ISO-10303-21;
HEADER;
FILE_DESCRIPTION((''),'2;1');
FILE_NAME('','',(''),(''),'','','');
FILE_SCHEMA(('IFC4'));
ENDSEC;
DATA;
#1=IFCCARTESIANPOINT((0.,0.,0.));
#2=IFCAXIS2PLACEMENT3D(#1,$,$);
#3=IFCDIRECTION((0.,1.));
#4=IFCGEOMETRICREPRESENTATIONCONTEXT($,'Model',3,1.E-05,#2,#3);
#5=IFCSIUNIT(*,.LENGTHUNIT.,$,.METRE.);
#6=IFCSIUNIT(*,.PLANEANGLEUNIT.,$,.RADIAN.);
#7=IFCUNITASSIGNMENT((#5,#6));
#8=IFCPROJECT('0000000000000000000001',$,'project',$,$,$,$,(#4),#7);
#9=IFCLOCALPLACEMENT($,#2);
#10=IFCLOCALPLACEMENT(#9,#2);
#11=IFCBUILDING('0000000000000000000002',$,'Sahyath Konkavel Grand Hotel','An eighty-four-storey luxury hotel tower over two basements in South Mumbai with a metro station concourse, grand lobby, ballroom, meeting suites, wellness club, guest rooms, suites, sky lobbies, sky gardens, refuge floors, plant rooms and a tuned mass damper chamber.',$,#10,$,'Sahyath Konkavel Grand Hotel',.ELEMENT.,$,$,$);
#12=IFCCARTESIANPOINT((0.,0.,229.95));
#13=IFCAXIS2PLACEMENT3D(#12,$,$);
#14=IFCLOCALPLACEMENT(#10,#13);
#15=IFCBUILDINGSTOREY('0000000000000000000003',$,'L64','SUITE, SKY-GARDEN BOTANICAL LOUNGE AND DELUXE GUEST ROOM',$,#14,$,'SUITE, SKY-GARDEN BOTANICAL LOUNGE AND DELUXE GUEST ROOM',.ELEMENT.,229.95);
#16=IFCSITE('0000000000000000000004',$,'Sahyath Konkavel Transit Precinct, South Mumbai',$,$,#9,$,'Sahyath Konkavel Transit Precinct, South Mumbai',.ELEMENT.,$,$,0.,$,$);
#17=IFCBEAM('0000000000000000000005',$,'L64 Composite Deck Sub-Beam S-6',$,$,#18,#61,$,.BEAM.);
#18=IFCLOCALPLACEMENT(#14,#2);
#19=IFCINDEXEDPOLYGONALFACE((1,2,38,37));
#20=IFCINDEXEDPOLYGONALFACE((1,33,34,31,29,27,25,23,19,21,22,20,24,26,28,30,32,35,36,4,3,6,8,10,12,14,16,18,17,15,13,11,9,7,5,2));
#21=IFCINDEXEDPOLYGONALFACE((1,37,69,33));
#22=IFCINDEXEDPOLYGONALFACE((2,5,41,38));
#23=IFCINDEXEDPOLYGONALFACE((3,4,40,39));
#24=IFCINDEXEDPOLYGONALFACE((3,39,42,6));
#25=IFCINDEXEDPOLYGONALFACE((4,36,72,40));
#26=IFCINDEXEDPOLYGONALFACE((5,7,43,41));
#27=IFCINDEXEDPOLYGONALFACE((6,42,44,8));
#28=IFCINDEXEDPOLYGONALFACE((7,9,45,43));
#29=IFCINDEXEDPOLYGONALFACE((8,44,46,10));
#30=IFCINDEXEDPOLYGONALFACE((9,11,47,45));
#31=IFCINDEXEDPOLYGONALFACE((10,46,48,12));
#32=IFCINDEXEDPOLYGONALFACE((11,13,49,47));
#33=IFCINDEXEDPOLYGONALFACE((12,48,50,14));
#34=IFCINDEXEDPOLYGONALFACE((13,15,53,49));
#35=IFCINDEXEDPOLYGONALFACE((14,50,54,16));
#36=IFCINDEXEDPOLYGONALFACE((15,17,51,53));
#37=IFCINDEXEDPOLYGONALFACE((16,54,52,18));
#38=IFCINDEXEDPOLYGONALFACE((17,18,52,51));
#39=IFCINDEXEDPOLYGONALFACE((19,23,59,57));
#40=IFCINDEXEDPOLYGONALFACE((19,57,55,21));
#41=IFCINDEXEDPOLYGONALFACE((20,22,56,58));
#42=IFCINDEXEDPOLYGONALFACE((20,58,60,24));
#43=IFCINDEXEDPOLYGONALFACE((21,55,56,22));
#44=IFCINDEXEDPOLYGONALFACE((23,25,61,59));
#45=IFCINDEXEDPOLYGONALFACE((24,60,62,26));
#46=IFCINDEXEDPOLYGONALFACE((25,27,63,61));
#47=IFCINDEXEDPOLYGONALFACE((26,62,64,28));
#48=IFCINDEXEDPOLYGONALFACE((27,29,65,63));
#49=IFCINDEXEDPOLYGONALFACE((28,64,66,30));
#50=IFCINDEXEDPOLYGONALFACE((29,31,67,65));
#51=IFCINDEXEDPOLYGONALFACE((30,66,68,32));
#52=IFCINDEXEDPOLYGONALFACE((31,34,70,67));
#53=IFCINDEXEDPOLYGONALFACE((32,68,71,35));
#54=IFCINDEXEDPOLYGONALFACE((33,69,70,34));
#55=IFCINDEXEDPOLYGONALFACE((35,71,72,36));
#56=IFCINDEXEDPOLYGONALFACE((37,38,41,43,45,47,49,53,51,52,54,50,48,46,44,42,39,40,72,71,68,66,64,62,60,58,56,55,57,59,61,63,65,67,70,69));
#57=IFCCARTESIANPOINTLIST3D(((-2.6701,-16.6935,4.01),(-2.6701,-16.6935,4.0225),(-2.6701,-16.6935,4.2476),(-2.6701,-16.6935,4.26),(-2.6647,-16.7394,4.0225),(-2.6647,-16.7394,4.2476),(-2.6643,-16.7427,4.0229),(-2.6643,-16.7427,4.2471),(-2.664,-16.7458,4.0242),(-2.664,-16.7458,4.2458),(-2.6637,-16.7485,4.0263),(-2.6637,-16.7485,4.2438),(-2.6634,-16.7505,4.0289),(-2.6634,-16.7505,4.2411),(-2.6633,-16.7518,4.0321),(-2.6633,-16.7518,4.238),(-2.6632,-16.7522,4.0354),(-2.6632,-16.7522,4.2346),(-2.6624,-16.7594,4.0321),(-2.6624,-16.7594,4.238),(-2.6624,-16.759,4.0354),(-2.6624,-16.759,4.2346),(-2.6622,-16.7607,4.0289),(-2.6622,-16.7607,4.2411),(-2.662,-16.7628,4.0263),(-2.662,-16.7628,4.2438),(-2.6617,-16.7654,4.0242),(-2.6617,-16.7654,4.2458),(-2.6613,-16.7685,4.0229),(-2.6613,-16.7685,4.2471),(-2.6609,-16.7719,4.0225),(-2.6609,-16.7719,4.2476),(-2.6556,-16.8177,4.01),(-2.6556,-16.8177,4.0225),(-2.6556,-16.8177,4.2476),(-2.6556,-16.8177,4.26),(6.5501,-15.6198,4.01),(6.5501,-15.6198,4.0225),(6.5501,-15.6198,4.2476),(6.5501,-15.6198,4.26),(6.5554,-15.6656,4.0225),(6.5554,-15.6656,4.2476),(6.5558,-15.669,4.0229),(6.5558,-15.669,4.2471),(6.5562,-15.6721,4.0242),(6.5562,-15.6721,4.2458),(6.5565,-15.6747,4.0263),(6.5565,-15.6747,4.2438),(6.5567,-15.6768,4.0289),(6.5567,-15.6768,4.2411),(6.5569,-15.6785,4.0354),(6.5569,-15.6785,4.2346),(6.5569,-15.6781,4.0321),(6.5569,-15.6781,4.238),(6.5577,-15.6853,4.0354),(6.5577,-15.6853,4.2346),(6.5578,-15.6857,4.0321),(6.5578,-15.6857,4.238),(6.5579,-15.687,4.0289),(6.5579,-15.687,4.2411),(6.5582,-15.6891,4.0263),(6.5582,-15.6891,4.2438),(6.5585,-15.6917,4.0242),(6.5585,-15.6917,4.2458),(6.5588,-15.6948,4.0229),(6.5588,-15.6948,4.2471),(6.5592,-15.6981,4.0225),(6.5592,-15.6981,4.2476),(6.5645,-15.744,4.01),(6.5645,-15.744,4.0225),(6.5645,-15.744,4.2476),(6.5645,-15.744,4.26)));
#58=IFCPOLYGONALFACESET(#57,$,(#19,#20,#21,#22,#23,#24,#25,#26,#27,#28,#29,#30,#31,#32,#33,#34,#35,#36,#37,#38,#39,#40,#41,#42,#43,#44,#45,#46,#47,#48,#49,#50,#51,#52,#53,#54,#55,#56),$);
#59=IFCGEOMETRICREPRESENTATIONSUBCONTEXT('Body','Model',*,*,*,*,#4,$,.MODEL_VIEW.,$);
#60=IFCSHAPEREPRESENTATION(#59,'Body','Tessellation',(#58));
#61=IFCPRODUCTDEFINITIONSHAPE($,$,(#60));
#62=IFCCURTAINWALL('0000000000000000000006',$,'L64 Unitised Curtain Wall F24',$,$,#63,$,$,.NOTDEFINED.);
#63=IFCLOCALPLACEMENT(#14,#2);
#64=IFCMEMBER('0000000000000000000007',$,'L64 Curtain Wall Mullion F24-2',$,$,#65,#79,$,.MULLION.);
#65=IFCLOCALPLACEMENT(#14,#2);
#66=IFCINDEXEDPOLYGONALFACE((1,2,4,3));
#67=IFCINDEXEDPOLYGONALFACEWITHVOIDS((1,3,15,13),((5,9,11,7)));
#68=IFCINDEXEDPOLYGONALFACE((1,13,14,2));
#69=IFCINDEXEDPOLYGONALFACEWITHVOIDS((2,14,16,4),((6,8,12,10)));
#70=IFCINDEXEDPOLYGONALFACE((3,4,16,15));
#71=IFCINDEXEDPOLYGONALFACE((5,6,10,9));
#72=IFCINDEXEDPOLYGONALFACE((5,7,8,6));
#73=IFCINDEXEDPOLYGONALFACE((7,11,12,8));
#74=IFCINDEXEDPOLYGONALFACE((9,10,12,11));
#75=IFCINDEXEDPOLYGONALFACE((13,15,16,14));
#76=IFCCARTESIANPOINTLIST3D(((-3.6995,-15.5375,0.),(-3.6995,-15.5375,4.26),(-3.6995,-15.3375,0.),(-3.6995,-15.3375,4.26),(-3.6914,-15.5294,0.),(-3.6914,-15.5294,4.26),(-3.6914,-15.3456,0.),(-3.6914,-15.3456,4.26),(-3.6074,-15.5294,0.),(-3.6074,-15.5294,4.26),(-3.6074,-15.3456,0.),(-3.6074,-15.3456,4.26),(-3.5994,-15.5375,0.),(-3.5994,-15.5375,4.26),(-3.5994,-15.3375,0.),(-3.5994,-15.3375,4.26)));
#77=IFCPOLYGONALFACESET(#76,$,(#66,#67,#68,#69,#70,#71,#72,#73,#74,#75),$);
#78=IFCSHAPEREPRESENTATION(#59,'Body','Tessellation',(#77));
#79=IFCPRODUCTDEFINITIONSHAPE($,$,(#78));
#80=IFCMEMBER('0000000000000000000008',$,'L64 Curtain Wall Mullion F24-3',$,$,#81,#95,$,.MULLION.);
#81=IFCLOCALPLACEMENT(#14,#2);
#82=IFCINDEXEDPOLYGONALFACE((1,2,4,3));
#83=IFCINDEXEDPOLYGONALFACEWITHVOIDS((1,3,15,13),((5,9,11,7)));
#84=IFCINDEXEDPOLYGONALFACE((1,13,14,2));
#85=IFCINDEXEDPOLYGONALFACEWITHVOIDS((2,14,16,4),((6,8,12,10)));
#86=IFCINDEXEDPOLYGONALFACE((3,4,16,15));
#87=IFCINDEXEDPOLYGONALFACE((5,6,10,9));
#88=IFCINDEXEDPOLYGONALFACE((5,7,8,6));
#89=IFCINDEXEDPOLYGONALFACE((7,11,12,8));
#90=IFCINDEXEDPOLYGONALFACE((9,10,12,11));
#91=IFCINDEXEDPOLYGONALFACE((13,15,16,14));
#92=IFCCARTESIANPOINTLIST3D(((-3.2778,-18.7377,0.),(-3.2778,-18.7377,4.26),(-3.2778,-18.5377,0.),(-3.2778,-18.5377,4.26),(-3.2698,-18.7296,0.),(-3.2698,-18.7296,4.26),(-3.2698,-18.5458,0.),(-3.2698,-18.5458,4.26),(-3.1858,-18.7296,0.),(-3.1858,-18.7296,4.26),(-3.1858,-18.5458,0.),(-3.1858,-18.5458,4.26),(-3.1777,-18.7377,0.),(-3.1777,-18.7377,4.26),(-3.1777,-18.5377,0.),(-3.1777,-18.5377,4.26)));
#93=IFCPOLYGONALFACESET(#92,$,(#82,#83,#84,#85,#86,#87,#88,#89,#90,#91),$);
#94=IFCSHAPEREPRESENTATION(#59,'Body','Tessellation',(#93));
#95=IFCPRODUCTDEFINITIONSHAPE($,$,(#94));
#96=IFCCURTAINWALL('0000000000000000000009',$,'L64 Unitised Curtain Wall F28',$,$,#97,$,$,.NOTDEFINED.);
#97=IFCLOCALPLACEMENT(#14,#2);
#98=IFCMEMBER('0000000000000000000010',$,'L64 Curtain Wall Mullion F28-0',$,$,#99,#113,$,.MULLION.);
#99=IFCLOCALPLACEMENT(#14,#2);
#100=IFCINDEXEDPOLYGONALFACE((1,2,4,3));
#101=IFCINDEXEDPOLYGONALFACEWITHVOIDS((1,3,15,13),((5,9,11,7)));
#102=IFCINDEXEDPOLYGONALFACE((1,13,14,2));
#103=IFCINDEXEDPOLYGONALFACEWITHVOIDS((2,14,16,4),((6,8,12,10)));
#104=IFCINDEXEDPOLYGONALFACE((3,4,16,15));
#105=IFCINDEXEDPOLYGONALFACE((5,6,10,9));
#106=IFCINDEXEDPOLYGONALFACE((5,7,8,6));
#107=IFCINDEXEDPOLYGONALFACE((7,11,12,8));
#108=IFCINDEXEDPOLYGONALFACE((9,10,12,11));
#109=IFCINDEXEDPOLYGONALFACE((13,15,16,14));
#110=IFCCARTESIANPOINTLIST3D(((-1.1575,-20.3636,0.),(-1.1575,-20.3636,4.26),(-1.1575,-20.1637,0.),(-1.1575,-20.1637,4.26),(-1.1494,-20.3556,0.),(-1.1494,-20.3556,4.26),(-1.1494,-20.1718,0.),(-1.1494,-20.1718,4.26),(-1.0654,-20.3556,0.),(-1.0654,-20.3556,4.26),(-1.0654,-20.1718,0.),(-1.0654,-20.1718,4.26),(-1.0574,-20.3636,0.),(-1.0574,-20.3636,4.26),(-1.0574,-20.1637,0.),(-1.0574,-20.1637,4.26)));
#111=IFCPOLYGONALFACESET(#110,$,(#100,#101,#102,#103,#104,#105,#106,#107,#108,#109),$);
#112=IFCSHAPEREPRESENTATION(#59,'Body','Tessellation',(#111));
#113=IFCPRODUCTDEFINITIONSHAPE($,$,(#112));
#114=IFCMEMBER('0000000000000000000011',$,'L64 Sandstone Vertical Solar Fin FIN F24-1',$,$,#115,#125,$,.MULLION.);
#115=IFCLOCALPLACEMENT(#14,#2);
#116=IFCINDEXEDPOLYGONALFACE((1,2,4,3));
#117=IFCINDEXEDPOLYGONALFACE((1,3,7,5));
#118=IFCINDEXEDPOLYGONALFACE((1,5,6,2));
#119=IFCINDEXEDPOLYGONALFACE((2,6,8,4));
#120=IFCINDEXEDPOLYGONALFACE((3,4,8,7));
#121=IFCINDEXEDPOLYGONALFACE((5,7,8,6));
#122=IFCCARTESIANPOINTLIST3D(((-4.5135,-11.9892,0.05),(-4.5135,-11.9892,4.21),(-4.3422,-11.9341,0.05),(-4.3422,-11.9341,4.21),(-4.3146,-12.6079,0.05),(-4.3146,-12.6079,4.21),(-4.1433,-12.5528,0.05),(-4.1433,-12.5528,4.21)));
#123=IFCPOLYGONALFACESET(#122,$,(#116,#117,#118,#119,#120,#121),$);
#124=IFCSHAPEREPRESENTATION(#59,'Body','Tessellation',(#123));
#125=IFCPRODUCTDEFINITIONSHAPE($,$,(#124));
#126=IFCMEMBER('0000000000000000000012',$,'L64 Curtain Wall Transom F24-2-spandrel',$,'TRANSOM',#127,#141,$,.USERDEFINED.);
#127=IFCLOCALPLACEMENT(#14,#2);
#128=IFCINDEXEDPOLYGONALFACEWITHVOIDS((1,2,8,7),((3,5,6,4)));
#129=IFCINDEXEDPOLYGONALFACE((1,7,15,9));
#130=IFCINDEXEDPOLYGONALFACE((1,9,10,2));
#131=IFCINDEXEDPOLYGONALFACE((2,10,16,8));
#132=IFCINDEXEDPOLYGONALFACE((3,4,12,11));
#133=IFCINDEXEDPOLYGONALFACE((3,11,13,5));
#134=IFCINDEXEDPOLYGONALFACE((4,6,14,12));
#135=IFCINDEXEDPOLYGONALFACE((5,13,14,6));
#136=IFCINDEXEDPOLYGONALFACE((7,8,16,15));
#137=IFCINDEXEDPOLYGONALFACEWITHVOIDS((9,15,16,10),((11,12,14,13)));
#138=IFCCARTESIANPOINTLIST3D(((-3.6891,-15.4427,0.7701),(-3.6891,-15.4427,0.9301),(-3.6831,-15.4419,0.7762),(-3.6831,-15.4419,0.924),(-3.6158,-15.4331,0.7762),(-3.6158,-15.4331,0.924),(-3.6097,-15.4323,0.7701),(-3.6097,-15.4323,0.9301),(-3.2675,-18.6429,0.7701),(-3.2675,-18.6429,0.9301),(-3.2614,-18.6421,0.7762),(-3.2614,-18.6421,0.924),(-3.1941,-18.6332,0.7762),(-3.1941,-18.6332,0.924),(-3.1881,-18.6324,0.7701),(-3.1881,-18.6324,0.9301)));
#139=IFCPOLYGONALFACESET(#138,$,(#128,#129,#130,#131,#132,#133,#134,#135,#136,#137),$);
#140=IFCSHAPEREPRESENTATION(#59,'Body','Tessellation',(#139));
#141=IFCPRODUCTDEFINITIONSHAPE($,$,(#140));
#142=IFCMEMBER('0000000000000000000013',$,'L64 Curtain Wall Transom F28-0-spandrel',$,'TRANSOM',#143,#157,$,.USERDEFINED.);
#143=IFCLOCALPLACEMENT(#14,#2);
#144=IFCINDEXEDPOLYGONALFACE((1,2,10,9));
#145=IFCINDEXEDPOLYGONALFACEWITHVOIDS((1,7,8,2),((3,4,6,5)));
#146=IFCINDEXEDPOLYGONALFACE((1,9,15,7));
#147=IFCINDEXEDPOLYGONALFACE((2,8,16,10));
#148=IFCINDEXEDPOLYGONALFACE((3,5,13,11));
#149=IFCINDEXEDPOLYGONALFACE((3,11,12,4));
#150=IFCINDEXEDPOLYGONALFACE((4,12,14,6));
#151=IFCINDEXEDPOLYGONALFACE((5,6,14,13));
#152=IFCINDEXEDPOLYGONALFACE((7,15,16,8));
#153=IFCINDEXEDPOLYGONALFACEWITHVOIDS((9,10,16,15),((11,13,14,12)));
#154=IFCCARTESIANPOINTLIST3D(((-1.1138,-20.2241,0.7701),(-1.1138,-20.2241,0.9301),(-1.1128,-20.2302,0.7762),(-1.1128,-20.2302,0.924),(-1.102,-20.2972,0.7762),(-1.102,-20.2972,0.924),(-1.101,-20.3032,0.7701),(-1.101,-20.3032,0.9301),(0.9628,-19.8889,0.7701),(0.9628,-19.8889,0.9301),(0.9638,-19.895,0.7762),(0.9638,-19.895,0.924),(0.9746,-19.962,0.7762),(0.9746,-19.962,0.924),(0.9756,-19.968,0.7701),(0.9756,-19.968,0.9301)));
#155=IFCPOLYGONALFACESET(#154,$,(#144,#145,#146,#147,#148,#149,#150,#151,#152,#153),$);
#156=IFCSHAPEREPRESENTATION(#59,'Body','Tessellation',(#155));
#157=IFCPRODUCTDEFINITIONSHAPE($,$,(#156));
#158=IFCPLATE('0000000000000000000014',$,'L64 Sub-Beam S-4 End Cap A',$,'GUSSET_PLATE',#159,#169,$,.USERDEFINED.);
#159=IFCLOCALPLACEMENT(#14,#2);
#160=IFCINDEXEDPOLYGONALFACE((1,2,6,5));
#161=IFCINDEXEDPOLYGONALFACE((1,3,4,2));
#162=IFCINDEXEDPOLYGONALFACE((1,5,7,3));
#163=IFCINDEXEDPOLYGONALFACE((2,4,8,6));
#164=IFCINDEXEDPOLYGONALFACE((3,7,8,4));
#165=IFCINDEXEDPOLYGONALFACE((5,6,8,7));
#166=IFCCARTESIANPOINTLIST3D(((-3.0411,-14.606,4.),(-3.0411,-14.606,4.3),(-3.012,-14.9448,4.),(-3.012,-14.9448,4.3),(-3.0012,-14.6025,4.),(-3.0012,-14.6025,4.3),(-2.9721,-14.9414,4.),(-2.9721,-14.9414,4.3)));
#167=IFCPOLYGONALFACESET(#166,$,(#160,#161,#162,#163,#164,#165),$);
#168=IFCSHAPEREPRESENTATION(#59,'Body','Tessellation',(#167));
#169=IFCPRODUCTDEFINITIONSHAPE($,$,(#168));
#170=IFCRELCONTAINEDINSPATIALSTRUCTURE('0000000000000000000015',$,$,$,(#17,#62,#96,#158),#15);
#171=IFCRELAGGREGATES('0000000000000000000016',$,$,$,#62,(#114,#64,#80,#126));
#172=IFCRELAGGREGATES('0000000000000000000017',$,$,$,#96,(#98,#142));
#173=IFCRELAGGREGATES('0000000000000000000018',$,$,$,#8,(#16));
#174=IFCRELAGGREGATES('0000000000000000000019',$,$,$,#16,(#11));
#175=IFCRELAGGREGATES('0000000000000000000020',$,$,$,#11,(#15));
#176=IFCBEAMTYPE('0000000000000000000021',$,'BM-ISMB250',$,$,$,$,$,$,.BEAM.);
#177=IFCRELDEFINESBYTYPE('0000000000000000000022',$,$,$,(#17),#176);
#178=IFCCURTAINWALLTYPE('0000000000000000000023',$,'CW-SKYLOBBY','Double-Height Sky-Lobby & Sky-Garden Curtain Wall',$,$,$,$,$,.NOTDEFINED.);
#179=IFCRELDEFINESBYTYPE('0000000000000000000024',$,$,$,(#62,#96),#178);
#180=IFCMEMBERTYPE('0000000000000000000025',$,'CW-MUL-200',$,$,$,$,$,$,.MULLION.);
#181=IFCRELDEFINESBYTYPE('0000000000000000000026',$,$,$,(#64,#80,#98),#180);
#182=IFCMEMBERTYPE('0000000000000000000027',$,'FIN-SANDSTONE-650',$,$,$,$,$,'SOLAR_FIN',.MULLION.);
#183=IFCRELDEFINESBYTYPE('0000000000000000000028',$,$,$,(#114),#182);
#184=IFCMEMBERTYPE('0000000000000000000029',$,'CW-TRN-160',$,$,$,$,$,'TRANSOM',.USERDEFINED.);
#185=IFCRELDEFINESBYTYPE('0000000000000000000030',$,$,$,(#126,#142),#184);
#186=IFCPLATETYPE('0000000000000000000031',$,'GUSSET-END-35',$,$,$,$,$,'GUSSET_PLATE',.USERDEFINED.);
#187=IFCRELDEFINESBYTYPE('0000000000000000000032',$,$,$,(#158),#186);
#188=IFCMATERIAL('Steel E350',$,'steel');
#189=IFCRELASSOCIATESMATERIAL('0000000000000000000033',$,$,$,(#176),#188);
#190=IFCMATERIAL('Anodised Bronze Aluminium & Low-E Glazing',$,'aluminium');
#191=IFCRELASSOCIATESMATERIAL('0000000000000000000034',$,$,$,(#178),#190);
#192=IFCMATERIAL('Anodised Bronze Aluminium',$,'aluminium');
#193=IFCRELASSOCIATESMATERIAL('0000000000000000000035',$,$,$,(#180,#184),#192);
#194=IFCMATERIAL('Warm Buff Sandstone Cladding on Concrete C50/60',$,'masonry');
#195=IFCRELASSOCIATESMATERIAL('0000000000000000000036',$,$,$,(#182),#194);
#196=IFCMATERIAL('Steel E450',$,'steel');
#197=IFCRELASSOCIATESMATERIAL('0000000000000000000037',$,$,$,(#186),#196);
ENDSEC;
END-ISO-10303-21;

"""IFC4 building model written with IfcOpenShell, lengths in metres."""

from ifc_helpers import new_model, si_unit, direction, frame, origin, origin_2d, place, context, subcontext, project, spatial, rectangle, hollow_rectangle, i_section, extrude, source, transform, mapped, material, material_profile, profile_set, type_object, element, aggregate, save


model = new_model("IFC4")

# Units and contexts
model_context = context("Model", 3, precision=1e-05, world=origin(), true_north=direction((0.0, 1.0)))
body_context = subcontext(model_context, "Body", "Model", "MODEL_VIEW")
ifc_project = project(units=[si_unit("LENGTHUNIT", "METRE"), si_unit("PLANEANGLEUNIT", "RADIAN")], contexts=[model_context])

# Site, building, storey
site_placement = place(None, origin())
site = spatial("IfcSite", under=ifc_project, at=site_placement, Name="Sahyath Konkavel Transit Precinct, South Mumbai", LongName="Sahyath Konkavel Transit Precinct, South Mumbai", CompositionType="ELEMENT", RefElevation=0.0)
building_placement = place(site_placement, origin())
building = spatial("IfcBuilding", under=site, at=building_placement, Name="Sahyath Konkavel Grand Hotel", Description="An eighty-four-storey luxury hotel tower over two basements in South Mumbai with a metro station concourse, grand lobby, ballroom, meeting suites, wellness club, guest rooms, suites, sky lobbies, sky gardens, refuge floors, plant rooms and a tuned mass damper chamber.", LongName="Sahyath Konkavel Grand Hotel", CompositionType="ELEMENT")
storey_placement = place(building_placement, frame((0.0, 0.0, 229.95)))
storey = spatial("IfcBuildingStorey", under=building, at=storey_placement, Name="L64", Description="SUITE, SKY-GARDEN BOTANICAL LOUNGE AND DELUXE GUEST ROOM", LongName="SUITE, SKY-GARDEN BOTANICAL LOUNGE AND DELUXE GUEST ROOM", CompositionType="ELEMENT", Elevation=229.95)

# Beam
ifc_material_1 = material(Name="Steel E350", Category="steel")
ifc_material_profile_1 = material_profile(ifc_material_1, i_section(OverallWidth=0.125, OverallDepth=0.25, WebThickness=0.0068, FlangeThickness=0.0125, FilletRadius=0.0129, at=origin_2d()), Name="ISMB 250")
ifc_profile_set_1 = profile_set([ifc_material_profile_1], Name="Steel E350")
beam_type_1 = type_object("IfcBeamType", Name="BM-ISMB250", PredefinedType="BEAM", material=ifc_profile_set_1)
shared_shape_1 = source(origin(), body_context, "Body", "SweptSolid", [
    extrude(i_section(OverallWidth=0.125, OverallDepth=0.25, WebThickness=0.0068, FlangeThickness=0.0125, FilletRadius=0.0129, at=origin_2d()), origin(), (0.0, 0.0, 1.0), 9.2825),
])
beam_1_placement = place(storey_placement, frame((-2.6628, -16.7556, 4.135), z_axis=(0.993287, 0.115672, 0.0), x_axis=(-0.115672, 0.993287, 0.0)))
element("IfcBeam", 1, at=beam_1_placement, inside=storey, type_object=beam_type_1, Name="L64 Composite Deck Sub-Beam S-6", PredefinedType="BEAM", context=body_context, shape_type="MappedRepresentation", body=[
    mapped(shared_shape_1, transform((0.0, 0.0, 0.0), scale=1.0)),
])

# Curtain wall, members
ifc_material_2 = material(Name="Anodised Bronze Aluminium & Low-E Glazing", Category="aluminium")
curtain_wall_type = type_object("IfcCurtainWallType", Name="CW-SKYLOBBY", Description="Double-Height Sky-Lobby & Sky-Garden Curtain Wall", PredefinedType="NOTDEFINED", material=ifc_material_2)
curtain_wall_1_placement = place(storey_placement, origin())
curtain_wall_1 = element("IfcCurtainWall", 2, at=curtain_wall_1_placement, inside=storey, type_object=curtain_wall_type, Name="L64 Unitised Curtain Wall F24", PredefinedType="NOTDEFINED")
ifc_material_3 = material(Name="Anodised Bronze Aluminium", Category="aluminium")
ifc_material_profile_2 = material_profile(ifc_material_3, hollow_rectangle(XDim=0.1001, YDim=0.2, WallThickness=0.0081, at=origin_2d()), Name="RHS 200x100x8")
ifc_profile_set_2 = profile_set([ifc_material_profile_2], Name="Anodised Bronze Aluminium")
member_type_1 = type_object("IfcMemberType", Name="CW-MUL-200", PredefinedType="MULLION", material=ifc_profile_set_2)
shared_shape_2 = source(origin(), body_context, "Body", "SweptSolid", [
    extrude(hollow_rectangle(XDim=0.1001, YDim=0.2, WallThickness=0.0081, at=origin_2d()), origin(), (0.0, 0.0, 1.0), 4.26),
])
member_1_placement = place(storey_placement, frame((-3.6494, -15.4375, 0.0), z_axis=(0.0, 0.0, 1.0), x_axis=(1.0, 0.0, 0.0)))
member_1 = element("IfcMember", 3, at=member_1_placement, type_object=member_type_1, Name="L64 Curtain Wall Mullion F24-2", PredefinedType="MULLION", context=body_context, shape_type="MappedRepresentation", body=[
    mapped(shared_shape_2, transform((0.0, 0.0, 0.0), scale=1.0)),
])
member_2_placement = place(storey_placement, frame((-3.2278, -18.6377, 0.0), z_axis=(0.0, 0.0, 1.0), x_axis=(1.0, 0.0, 0.0)))
member_2 = element("IfcMember", 4, at=member_2_placement, type_object=member_type_1, Name="L64 Curtain Wall Mullion F24-3", PredefinedType="MULLION", context=body_context, shape_type="MappedRepresentation", body=[
    mapped(shared_shape_2, transform((0.0, 0.0, 0.0), scale=1.0)),
])

# Curtain wall, member
curtain_wall_2_placement = place(storey_placement, origin())
curtain_wall_2 = element("IfcCurtainWall", 5, at=curtain_wall_2_placement, inside=storey, type_object=curtain_wall_type, Name="L64 Unitised Curtain Wall F28", PredefinedType="NOTDEFINED")
member_3_placement = place(storey_placement, frame((-1.1074, -20.2637, 0.0), z_axis=(0.0, 0.0, 1.0), x_axis=(1.0, 0.0, 0.0)))
member_3 = element("IfcMember", 6, at=member_3_placement, type_object=member_type_1, Name="L64 Curtain Wall Mullion F28-0", PredefinedType="MULLION", context=body_context, shape_type="MappedRepresentation", body=[
    mapped(shared_shape_2, transform((0.0, 0.0, 0.0), scale=1.0)),
])

# Members
ifc_material_4 = material(Name="Warm Buff Sandstone Cladding on Concrete C50/60", Category="masonry")
ifc_material_profile_3 = material_profile(ifc_material_4, rectangle(XDim=0.1799, YDim=0.6499, at=origin_2d()), Name="FIN 180x650")
ifc_profile_set_3 = profile_set([ifc_material_profile_3], Name="Warm Buff Sandstone Cladding on Concrete C50/60")
member_type_2 = type_object("IfcMemberType", Name="FIN-SANDSTONE-650", ElementType="SOLAR_FIN", PredefinedType="MULLION", material=ifc_profile_set_3)
shared_shape_3 = source(origin(), body_context, "Body", "SweptSolid", [
    extrude(rectangle(XDim=0.1799, YDim=0.6499, at=origin_2d()), origin(), (0.0, 0.0, 1.0), 4.1599),
])
member_4_placement = place(storey_placement, frame((-4.3284, -12.271, 0.05), z_axis=(0.0, 0.0, 1.0), x_axis=(0.952023, 0.306028, 0.0)))
member_4 = element("IfcMember", 7, at=member_4_placement, type_object=member_type_2, Name="L64 Sandstone Vertical Solar Fin FIN F24-1", PredefinedType="MULLION", context=body_context, shape_type="MappedRepresentation", body=[
    mapped(shared_shape_3, transform((0.0, 0.0, 0.0), scale=1.0)),
])
ifc_material_profile_4 = material_profile(ifc_material_3, hollow_rectangle(XDim=0.0801, YDim=0.1599, WallThickness=0.0061, at=origin_2d()), Name="RHS 160x80x6")
ifc_profile_set_4 = profile_set([ifc_material_profile_4], Name="Anodised Bronze Aluminium")
member_type_3 = type_object("IfcMemberType", Name="CW-TRN-160", ElementType="TRANSOM", PredefinedType="USERDEFINED", material=ifc_profile_set_4)
shared_shape_4 = source(origin(), body_context, "Body", "SweptSolid", [
    extrude(hollow_rectangle(XDim=0.0801, YDim=0.1599, WallThickness=0.0061, at=origin_2d()), origin(), (0.0, 0.0, 1.0), 3.2278),
])
member_5_placement = place(storey_placement, frame((-3.6494, -15.4375, 0.8501), z_axis=(0.130623, -0.991432, 0.0), x_axis=(0.991432, 0.130623, 0.0)))
member_5 = element("IfcMember", 8, at=member_5_placement, type_object=member_type_3, Name="L64 Curtain Wall Transom F24-2-spandrel", ObjectType="TRANSOM", PredefinedType="USERDEFINED", context=body_context, shape_type="MappedRepresentation", body=[
    mapped(shared_shape_4, transform((0.0, 0.0, 0.0), scale=1.0)),
])
shared_shape_5 = source(origin(), body_context, "Body", "SweptSolid", [
    extrude(hollow_rectangle(XDim=0.0801, YDim=0.1599, WallThickness=0.0061, at=origin_2d()), origin(), (0.0, 0.0, 1.0), 2.1035),
])
member_6_placement = place(storey_placement, frame((-1.1074, -20.2637, 0.8501), z_axis=(0.987222, 0.159353, 0.0), x_axis=(-0.159353, 0.987222, 0.0)))
member_6 = element("IfcMember", 9, at=member_6_placement, type_object=member_type_3, Name="L64 Curtain Wall Transom F28-0-spandrel", ObjectType="TRANSOM", PredefinedType="USERDEFINED", context=body_context, shape_type="MappedRepresentation", body=[
    mapped(shared_shape_5, transform((0.0, 0.0, 0.0), scale=1.0)),
])

# Plate
ifc_material_5 = material(Name="Steel E450", Category="steel")
plate_type_1 = type_object("IfcPlateType", Name="GUSSET-END-35", ElementType="GUSSET_PLATE", PredefinedType="USERDEFINED", material=ifc_material_5)
shared_shape_6 = source(origin(), body_context, "Body", "SweptSolid", [
    extrude(rectangle(XDim=0.04, YDim=0.3401, at=origin_2d()), origin(), (0.0, 0.0, 1.0), 0.3),
])
plate_1_placement = place(storey_placement, frame((-3.0066, -14.7737, 4.0), z_axis=(0.0, 0.0, 1.0), x_axis=(0.996339, 0.085486, 0.0)))
element("IfcPlate", 10, at=plate_1_placement, inside=storey, type_object=plate_type_1, Name="L64 Sub-Beam S-4 End Cap A", ObjectType="GUSSET_PLATE", PredefinedType="USERDEFINED", context=body_context, shape_type="MappedRepresentation", body=[
    mapped(shared_shape_6, transform((0.0, 0.0, 0.0), scale=1.0)),
])
aggregate(curtain_wall_1, [member_4, member_1, member_2, member_5])
aggregate(curtain_wall_2, [member_3, member_6])

save(model, "model.ifc")
